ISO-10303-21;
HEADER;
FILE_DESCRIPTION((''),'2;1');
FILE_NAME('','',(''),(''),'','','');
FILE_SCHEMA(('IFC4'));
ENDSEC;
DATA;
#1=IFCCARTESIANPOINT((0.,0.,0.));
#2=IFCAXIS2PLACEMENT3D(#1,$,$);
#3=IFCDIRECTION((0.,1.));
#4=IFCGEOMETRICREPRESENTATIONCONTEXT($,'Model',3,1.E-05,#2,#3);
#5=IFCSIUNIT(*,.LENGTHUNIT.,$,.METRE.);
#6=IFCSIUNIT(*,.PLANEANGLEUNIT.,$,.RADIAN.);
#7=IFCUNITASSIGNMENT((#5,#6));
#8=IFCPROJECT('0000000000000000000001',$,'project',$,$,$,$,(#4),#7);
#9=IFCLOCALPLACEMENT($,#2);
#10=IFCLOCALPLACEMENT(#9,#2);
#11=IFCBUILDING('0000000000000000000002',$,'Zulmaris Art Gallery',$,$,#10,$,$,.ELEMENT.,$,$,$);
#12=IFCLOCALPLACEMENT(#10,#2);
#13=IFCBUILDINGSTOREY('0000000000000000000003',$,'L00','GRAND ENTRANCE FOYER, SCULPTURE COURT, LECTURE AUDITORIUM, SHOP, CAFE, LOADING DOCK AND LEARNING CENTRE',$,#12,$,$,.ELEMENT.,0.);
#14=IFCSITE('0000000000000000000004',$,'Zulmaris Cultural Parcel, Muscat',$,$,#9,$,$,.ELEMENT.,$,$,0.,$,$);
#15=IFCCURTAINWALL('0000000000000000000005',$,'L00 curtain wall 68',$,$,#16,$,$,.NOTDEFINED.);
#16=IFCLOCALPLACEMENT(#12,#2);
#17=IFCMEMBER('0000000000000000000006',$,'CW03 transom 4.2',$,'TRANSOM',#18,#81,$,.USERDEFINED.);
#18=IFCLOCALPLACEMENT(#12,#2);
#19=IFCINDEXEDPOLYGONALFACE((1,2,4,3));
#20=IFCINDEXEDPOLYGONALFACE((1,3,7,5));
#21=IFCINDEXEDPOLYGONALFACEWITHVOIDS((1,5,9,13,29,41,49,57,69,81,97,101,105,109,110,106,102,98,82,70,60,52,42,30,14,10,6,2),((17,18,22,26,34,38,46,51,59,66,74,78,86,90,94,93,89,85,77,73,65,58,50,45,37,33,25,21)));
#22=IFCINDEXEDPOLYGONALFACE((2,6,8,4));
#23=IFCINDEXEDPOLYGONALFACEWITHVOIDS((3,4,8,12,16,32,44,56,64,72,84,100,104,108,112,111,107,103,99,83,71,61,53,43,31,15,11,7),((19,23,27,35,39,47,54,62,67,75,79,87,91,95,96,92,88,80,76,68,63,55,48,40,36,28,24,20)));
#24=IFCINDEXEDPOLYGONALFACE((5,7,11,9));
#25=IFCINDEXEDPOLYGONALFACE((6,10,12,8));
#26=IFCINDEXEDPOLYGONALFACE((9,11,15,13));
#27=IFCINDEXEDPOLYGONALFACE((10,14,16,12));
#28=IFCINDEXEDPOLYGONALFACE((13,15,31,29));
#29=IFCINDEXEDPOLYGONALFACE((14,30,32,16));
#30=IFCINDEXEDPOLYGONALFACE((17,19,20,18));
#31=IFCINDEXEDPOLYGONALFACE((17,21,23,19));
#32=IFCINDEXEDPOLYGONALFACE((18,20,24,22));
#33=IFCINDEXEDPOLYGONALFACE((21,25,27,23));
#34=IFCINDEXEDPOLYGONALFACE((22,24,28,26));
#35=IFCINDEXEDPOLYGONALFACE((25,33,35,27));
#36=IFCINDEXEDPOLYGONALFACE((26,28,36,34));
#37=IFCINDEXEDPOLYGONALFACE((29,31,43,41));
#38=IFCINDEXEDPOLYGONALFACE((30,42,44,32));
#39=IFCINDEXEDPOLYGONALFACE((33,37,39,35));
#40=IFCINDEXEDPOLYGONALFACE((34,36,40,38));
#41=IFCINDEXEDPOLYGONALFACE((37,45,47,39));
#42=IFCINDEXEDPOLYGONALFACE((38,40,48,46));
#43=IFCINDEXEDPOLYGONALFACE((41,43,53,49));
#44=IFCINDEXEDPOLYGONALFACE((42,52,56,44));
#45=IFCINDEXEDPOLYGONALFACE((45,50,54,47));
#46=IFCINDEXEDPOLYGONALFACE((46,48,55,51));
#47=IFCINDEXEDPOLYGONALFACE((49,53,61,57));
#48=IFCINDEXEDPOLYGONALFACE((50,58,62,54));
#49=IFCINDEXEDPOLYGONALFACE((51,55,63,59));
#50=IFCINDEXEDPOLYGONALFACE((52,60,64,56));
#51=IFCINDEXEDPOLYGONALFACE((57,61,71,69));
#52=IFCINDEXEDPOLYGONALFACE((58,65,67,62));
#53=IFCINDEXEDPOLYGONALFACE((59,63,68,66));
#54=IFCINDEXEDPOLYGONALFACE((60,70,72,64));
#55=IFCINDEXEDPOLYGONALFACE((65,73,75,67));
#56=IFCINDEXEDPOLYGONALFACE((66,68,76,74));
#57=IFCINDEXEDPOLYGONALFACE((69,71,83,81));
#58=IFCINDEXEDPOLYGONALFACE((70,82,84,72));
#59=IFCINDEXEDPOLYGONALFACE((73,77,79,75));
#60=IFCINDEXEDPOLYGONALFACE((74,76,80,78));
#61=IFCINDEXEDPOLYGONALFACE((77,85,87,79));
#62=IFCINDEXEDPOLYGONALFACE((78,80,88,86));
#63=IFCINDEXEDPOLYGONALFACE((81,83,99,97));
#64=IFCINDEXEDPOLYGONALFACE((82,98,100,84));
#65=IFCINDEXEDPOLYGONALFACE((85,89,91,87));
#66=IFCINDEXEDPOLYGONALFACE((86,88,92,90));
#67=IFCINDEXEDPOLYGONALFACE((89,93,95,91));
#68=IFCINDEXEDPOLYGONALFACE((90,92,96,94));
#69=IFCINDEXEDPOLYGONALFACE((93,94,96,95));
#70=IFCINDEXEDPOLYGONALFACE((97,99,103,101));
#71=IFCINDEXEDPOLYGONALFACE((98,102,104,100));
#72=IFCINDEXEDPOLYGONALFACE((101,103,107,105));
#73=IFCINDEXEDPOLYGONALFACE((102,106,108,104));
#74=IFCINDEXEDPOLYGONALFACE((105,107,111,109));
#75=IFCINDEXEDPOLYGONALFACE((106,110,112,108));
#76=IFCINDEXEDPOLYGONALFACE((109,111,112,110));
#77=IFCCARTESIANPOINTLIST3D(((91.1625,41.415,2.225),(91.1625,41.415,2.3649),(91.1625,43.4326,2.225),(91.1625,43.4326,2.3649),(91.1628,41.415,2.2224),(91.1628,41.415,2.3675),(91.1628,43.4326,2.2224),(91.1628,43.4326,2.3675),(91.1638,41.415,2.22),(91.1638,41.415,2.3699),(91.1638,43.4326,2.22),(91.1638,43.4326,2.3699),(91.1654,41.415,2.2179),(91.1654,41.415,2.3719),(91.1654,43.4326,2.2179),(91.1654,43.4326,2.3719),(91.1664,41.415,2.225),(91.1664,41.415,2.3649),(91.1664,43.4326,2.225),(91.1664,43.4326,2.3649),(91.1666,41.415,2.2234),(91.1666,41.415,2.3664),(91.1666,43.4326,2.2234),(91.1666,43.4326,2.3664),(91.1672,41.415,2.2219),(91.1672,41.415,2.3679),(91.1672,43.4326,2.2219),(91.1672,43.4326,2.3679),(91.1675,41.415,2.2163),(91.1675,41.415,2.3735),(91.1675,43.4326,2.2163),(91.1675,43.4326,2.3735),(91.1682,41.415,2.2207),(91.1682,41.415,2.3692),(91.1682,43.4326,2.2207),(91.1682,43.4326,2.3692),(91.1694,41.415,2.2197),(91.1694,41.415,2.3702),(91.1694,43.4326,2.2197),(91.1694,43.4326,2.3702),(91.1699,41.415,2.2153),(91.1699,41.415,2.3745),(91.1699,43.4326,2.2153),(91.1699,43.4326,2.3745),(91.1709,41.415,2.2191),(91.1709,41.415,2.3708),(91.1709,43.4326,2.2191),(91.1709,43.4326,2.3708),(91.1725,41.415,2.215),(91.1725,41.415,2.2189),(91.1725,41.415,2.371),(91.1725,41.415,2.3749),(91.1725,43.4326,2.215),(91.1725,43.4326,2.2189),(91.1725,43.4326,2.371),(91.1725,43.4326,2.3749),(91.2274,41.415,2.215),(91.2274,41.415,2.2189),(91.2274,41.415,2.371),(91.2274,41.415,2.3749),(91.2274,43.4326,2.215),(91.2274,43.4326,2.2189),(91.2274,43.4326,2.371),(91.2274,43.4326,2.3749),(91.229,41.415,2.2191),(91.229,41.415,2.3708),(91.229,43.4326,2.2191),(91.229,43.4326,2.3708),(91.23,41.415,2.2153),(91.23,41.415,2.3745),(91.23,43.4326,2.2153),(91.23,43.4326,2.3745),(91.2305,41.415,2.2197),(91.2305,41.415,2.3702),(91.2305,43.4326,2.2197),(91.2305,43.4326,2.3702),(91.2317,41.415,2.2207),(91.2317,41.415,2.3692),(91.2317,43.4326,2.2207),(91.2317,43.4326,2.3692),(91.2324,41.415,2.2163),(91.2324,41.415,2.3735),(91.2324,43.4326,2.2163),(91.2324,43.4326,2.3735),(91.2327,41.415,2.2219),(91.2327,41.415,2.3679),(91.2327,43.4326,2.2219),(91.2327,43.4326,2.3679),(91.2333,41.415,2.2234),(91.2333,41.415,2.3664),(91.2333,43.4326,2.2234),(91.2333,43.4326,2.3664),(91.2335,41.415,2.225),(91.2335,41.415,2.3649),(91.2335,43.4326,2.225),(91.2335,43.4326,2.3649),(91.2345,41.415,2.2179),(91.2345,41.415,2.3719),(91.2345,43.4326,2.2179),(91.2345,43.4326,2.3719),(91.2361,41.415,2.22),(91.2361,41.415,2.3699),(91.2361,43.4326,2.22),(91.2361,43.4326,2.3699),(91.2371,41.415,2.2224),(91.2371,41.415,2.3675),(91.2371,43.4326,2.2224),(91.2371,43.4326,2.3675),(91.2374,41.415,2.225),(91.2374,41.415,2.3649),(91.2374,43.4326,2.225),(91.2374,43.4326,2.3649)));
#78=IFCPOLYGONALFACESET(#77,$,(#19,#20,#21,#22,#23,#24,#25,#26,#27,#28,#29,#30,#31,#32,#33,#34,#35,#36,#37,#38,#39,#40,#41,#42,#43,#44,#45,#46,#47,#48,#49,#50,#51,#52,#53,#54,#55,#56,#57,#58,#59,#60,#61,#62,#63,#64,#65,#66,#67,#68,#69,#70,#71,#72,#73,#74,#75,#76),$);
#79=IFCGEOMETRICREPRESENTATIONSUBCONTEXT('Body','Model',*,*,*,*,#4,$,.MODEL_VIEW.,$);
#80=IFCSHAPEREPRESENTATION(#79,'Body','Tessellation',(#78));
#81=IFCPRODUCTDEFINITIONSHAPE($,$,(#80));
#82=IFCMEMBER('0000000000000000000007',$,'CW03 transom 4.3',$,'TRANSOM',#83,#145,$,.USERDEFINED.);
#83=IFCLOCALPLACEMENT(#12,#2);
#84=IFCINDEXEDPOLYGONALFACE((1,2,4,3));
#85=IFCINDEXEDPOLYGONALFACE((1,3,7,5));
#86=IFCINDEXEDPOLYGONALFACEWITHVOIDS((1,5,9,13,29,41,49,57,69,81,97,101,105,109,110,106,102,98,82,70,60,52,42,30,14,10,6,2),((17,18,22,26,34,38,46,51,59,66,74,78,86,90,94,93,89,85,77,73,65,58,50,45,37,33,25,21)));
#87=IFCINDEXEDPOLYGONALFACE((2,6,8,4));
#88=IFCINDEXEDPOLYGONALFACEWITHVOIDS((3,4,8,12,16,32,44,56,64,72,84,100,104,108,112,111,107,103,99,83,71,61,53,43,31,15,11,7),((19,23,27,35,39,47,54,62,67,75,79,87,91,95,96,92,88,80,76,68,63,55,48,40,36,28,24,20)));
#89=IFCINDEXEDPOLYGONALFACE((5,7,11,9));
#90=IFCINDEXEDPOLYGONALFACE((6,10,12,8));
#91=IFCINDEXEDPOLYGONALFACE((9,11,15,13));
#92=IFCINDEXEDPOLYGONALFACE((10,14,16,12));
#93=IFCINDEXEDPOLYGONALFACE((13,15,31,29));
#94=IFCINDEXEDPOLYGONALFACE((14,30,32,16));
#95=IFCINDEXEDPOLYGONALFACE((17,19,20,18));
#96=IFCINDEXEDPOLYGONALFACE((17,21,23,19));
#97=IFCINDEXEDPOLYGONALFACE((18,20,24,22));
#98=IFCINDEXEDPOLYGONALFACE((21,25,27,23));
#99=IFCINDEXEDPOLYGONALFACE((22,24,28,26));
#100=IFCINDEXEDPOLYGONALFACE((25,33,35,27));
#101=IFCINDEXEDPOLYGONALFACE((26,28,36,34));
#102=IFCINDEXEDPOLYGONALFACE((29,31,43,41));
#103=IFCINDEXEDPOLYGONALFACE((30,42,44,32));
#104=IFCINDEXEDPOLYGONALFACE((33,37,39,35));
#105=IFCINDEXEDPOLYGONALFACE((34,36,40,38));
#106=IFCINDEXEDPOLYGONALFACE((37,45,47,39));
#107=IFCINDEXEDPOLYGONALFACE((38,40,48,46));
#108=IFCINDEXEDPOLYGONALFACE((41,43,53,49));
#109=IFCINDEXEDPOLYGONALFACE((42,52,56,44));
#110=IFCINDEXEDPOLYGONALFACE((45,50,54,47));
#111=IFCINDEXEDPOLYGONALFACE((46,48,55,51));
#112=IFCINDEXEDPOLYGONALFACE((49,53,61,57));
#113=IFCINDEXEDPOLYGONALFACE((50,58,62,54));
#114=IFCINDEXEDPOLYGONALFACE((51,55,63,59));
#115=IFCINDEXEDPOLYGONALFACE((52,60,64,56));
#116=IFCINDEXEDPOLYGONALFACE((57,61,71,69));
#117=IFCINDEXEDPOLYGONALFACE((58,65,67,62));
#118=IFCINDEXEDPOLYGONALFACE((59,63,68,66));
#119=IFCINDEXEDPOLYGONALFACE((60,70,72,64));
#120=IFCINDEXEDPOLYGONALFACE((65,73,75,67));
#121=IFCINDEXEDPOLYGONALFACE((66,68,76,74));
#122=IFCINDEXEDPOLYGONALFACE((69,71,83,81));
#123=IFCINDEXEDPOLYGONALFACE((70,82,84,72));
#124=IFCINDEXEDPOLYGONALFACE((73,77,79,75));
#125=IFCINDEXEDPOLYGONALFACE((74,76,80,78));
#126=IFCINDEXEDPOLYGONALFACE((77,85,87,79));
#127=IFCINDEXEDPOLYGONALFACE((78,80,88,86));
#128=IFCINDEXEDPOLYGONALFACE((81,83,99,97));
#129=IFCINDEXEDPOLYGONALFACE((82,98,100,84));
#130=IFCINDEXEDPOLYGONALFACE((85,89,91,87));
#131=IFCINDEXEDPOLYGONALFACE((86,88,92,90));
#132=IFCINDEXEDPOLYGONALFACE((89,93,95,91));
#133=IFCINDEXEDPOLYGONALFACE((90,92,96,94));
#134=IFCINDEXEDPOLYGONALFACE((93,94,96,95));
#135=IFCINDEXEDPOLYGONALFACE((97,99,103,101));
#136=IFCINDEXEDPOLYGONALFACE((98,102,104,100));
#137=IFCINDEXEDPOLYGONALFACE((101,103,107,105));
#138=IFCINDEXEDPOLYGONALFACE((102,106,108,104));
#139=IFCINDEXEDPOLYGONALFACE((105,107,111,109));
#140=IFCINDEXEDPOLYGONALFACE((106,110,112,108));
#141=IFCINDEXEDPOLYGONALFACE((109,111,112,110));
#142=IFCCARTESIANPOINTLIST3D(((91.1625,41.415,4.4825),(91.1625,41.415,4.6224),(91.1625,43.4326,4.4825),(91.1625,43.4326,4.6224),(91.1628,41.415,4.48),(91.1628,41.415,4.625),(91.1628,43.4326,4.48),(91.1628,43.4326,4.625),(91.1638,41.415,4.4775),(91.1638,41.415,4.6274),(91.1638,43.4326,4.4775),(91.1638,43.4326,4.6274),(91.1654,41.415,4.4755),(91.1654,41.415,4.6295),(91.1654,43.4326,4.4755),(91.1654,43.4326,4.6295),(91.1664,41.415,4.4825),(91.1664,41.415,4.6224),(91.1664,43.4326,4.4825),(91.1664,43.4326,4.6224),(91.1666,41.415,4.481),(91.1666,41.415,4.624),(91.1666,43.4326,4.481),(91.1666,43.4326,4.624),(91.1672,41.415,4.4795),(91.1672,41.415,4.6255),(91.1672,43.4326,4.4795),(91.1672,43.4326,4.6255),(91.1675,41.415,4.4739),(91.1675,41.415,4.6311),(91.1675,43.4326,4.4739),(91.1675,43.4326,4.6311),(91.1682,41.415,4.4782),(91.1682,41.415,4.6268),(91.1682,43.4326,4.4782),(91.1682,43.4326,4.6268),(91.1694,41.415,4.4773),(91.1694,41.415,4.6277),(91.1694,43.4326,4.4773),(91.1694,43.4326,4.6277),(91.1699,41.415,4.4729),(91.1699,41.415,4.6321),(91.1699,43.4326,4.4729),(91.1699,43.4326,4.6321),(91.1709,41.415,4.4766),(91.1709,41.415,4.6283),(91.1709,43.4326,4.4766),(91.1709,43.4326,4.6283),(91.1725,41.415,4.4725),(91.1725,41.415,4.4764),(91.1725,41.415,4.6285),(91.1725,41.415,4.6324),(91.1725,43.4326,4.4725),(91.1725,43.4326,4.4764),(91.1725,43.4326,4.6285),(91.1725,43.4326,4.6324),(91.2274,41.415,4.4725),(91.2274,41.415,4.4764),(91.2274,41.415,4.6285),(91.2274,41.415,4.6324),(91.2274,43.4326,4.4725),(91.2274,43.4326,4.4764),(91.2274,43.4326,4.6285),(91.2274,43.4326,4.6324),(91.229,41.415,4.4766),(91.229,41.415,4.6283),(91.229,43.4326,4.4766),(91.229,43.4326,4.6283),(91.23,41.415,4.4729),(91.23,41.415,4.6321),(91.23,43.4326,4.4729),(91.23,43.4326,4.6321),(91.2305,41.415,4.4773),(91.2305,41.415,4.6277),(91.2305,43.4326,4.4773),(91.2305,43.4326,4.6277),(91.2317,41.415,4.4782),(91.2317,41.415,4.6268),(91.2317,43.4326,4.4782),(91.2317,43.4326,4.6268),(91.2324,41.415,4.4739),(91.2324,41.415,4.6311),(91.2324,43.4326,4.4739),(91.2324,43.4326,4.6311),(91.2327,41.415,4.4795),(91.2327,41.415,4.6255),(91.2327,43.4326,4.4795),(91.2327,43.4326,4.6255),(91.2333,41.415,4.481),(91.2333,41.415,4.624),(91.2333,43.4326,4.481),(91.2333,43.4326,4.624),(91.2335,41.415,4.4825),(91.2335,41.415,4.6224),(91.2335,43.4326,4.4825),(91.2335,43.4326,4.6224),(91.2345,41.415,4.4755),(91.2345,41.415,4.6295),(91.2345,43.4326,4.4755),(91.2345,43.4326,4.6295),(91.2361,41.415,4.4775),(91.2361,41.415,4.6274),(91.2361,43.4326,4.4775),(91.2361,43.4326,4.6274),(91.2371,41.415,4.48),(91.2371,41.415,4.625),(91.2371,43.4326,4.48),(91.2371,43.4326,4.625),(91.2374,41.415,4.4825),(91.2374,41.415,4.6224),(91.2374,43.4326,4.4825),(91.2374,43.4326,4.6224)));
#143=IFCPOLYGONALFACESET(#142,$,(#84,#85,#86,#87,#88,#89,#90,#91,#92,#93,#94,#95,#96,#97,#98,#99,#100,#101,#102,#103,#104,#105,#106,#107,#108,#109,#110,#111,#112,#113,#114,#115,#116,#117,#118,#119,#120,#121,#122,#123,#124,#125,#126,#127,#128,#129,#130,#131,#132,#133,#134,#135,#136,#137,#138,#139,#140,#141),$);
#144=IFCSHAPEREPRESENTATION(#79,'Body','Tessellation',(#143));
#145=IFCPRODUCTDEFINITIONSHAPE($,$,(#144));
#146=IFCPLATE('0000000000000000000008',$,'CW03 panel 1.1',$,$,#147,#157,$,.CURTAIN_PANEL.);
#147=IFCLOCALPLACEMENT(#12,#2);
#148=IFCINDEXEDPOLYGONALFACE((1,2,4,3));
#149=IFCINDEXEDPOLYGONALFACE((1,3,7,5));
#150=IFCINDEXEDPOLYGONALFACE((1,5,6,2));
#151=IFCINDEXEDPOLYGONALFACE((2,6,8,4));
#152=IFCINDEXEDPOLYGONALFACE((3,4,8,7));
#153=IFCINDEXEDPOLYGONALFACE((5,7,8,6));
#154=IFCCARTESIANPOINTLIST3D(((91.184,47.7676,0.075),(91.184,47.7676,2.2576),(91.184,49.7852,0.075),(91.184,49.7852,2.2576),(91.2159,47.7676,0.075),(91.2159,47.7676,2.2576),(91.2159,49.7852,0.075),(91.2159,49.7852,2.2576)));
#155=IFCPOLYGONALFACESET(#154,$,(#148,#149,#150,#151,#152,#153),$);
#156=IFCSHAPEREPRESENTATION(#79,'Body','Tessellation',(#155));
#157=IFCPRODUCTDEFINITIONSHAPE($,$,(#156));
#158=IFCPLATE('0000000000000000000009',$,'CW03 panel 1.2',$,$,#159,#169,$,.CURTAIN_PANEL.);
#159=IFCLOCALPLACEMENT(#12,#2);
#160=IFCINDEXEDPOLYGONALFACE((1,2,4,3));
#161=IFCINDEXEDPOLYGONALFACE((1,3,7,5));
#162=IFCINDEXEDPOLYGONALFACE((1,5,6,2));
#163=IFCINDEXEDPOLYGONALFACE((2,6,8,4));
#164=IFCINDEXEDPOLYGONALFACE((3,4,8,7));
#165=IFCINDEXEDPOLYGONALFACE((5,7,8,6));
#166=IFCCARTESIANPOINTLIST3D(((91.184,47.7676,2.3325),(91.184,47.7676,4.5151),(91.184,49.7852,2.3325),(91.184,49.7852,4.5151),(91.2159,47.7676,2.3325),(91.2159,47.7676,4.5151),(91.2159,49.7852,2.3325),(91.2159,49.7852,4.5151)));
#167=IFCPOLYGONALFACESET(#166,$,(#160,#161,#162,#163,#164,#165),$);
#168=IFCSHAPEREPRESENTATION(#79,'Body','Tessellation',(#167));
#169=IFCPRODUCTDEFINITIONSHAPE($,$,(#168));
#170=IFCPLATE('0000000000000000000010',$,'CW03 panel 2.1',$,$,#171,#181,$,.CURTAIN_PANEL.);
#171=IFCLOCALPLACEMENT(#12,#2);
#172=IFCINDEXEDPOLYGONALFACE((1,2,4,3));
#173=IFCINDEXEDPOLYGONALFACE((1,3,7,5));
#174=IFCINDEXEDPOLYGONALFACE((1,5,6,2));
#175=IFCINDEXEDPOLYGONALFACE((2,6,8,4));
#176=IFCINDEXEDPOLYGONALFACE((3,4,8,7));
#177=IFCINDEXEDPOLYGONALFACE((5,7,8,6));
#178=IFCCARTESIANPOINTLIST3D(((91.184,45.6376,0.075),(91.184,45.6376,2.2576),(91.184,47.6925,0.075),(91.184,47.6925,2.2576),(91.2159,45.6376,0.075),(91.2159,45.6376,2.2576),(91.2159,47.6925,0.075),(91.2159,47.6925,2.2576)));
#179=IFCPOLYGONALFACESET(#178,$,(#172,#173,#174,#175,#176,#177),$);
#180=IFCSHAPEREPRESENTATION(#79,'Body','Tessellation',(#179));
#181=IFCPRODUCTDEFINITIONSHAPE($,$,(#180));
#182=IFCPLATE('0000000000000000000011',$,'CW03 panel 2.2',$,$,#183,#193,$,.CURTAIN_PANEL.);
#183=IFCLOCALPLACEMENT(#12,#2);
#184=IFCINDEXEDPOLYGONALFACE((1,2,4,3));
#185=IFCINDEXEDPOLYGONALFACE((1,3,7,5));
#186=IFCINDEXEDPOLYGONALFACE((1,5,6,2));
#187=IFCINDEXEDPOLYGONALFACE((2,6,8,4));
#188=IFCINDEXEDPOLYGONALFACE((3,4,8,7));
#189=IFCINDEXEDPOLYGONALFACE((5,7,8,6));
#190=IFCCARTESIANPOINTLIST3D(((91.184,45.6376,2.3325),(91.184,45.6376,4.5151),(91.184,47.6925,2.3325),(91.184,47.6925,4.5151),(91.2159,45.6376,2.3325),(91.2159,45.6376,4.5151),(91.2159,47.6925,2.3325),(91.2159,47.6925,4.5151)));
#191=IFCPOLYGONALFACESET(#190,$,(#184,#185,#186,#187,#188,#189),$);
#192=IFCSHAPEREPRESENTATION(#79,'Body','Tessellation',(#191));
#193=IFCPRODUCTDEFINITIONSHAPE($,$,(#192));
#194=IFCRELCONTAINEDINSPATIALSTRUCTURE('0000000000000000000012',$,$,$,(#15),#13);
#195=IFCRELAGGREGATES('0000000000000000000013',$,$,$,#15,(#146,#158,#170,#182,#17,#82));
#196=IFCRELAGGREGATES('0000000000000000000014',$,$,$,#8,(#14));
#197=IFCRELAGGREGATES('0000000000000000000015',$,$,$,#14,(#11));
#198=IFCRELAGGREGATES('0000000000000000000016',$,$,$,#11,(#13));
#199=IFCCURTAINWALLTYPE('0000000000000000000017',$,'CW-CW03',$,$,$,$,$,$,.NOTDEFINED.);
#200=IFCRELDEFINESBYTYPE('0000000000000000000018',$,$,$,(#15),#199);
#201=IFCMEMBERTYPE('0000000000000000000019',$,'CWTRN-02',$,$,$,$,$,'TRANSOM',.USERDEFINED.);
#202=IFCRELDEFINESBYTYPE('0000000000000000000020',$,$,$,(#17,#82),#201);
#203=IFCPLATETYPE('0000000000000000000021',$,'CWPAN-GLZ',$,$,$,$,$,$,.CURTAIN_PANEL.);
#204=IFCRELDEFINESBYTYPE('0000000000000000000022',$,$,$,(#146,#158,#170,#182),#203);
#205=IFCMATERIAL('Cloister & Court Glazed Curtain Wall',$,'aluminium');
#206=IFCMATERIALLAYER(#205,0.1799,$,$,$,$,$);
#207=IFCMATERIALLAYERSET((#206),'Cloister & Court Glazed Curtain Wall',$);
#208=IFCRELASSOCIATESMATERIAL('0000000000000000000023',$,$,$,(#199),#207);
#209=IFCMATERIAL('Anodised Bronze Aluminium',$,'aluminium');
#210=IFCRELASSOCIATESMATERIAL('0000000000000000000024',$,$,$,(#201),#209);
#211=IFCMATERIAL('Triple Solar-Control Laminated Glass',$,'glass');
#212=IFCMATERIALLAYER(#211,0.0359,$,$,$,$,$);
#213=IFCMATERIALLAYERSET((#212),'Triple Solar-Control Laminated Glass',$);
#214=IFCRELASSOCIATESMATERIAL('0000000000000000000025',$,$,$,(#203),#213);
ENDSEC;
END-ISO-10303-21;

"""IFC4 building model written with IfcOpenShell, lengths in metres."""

from ifc_helpers import new_model, si_unit, direction, frame, origin, origin_2d, place, context, subcontext, project, spatial, rectangle, hollow_rectangle, extrude, material, layer, layer_set, material_profile, profile_set, type_object, element, aggregate, save


model = new_model("IFC4")

# Units and contexts
model_context = context("Model", 3, precision=1e-05, world=origin(), true_north=direction((0.0, 1.0)))
body_context = subcontext(model_context, "Body", "Model", "MODEL_VIEW")
ifc_project = project(units=[si_unit("LENGTHUNIT", "METRE"), si_unit("PLANEANGLEUNIT", "RADIAN")], contexts=[model_context])

# Site, building, storey
site_placement = place(None, origin())
site = spatial("IfcSite", under=ifc_project, at=site_placement, Name="Zulmaris Cultural Parcel, Muscat", CompositionType="ELEMENT", RefElevation=0.0)
building_placement = place(site_placement, origin())
building = spatial("IfcBuilding", under=site, at=building_placement, Name="Zulmaris Art Gallery", CompositionType="ELEMENT")
storey_placement = place(building_placement, origin())
storey = spatial("IfcBuildingStorey", under=building, at=storey_placement, Name="L00", Description="GRAND ENTRANCE FOYER, SCULPTURE COURT, LECTURE AUDITORIUM, SHOP, CAFE, LOADING DOCK AND LEARNING CENTRE", CompositionType="ELEMENT", Elevation=0.0)

# Shared definitions
ifc_material_1 = material(Name="Cloister & Court Glazed Curtain Wall", Category="aluminium")
ifc_layer_1 = layer(ifc_material_1, 0.1799)
ifc_layer_set_1 = layer_set([ifc_layer_1], Name="Cloister & Court Glazed Curtain Wall")
curtain_wall_type = type_object("IfcCurtainWallType", Name="CW-CW03", PredefinedType="NOTDEFINED", material=ifc_layer_set_1)
ifc_material_2 = material(Name="Anodised Bronze Aluminium", Category="aluminium")

# Curtain wall
curtain_wall_1_placement = place(storey_placement, origin())
curtain_wall_1 = element("IfcCurtainWall", 1, at=curtain_wall_1_placement, inside=storey, type_object=curtain_wall_type, Name="L00 curtain wall 68", PredefinedType="NOTDEFINED")

# Members
ifc_material_profile_1 = material_profile(ifc_material_2, hollow_rectangle(XDim=0.075, YDim=0.1599, WallThickness=0.0039, InnerFilletRadius=0.0061, OuterFilletRadius=0.01, at=origin_2d()), Name="ALU 75x160x4")
ifc_profile_set_1 = profile_set([ifc_material_profile_1], Name="Anodised Bronze Aluminium")
member_type_1 = type_object("IfcMemberType", Name="CWTRN-02", ElementType="TRANSOM", PredefinedType="USERDEFINED", material=ifc_profile_set_1)
member_1_placement = place(storey_placement, frame((91.2, 43.4326, 2.2949), z_axis=(0.0, -1.0, 0.0), x_axis=(1.0, 0.0, 0.0)))
member_1 = element("IfcMember", 2, at=member_1_placement, type_object=member_type_1, Name="CW03 transom 4.2", ObjectType="TRANSOM", PredefinedType="USERDEFINED", context=body_context, shape_type="SweptSolid", body=[
    extrude(hollow_rectangle(XDim=0.075, YDim=0.1599, WallThickness=0.0039, InnerFilletRadius=0.0061, OuterFilletRadius=0.01, at=origin_2d()), origin(), (0.0, 0.0, 1.0), 2.0176),
])
member_2_placement = place(storey_placement, frame((91.2, 43.4326, 4.5525), z_axis=(0.0, -1.0, 0.0), x_axis=(1.0, 0.0, 0.0)))
member_2 = element("IfcMember", 3, at=member_2_placement, type_object=member_type_1, Name="CW03 transom 4.3", ObjectType="TRANSOM", PredefinedType="USERDEFINED", context=body_context, shape_type="SweptSolid", body=[
    extrude(hollow_rectangle(XDim=0.075, YDim=0.1599, WallThickness=0.0039, InnerFilletRadius=0.0061, OuterFilletRadius=0.01, at=origin_2d()), origin(), (0.0, 0.0, 1.0), 2.0176),
])

# Plates
ifc_material_3 = material(Name="Triple Solar-Control Laminated Glass", Category="glass")
ifc_layer_2 = layer(ifc_material_3, 0.0359)
ifc_layer_set_2 = layer_set([ifc_layer_2], Name="Triple Solar-Control Laminated Glass")
plate_type = type_object("IfcPlateType", Name="CWPAN-GLZ", PredefinedType="CURTAIN_PANEL", material=ifc_layer_set_2)
plate_1_placement = place(storey_placement, frame((91.2, 48.7764, 0.075), z_axis=(0.0, 0.0, 1.0), x_axis=(0.0, -1.0, 0.0)))
plate_1 = element("IfcPlate", 4, at=plate_1_placement, type_object=plate_type, Name="CW03 panel 1.1", PredefinedType="CURTAIN_PANEL", context=body_context, shape_type="SweptSolid", body=[
    extrude(rectangle(XDim=2.0176, YDim=0.032, at=origin_2d()), origin(), (0.0, 0.0, 1.0), 2.1826),
])
plate_2_placement = place(storey_placement, frame((91.2, 48.7764, 2.3325), z_axis=(0.0, 0.0, 1.0), x_axis=(0.0, -1.0, 0.0)))
plate_2 = element("IfcPlate", 5, at=plate_2_placement, type_object=plate_type, Name="CW03 panel 1.2", PredefinedType="CURTAIN_PANEL", context=body_context, shape_type="SweptSolid", body=[
    extrude(rectangle(XDim=2.0176, YDim=0.032, at=origin_2d()), origin(), (0.0, 0.0, 1.0), 2.1826),
])
plate_3_placement = place(storey_placement, frame((91.2, 46.665, 0.075), z_axis=(0.0, 0.0, 1.0), x_axis=(0.0, -1.0, 0.0)))
plate_3 = element("IfcPlate", 6, at=plate_3_placement, type_object=plate_type, Name="CW03 panel 2.1", PredefinedType="CURTAIN_PANEL", context=body_context, shape_type="SweptSolid", body=[
    extrude(rectangle(XDim=2.0549, YDim=0.032, at=origin_2d()), origin(), (0.0, 0.0, 1.0), 2.1826),
])
plate_4_placement = place(storey_placement, frame((91.2, 46.665, 2.3325), z_axis=(0.0, 0.0, 1.0), x_axis=(0.0, -1.0, 0.0)))
plate_4 = element("IfcPlate", 7, at=plate_4_placement, type_object=plate_type, Name="CW03 panel 2.2", PredefinedType="CURTAIN_PANEL", context=body_context, shape_type="SweptSolid", body=[
    extrude(rectangle(XDim=2.0549, YDim=0.032, at=origin_2d()), origin(), (0.0, 0.0, 1.0), 2.1826),
])
aggregate(curtain_wall_1, [plate_1, plate_2, plate_3, plate_4, member_1, member_2])

save(model, "model.ifc")
